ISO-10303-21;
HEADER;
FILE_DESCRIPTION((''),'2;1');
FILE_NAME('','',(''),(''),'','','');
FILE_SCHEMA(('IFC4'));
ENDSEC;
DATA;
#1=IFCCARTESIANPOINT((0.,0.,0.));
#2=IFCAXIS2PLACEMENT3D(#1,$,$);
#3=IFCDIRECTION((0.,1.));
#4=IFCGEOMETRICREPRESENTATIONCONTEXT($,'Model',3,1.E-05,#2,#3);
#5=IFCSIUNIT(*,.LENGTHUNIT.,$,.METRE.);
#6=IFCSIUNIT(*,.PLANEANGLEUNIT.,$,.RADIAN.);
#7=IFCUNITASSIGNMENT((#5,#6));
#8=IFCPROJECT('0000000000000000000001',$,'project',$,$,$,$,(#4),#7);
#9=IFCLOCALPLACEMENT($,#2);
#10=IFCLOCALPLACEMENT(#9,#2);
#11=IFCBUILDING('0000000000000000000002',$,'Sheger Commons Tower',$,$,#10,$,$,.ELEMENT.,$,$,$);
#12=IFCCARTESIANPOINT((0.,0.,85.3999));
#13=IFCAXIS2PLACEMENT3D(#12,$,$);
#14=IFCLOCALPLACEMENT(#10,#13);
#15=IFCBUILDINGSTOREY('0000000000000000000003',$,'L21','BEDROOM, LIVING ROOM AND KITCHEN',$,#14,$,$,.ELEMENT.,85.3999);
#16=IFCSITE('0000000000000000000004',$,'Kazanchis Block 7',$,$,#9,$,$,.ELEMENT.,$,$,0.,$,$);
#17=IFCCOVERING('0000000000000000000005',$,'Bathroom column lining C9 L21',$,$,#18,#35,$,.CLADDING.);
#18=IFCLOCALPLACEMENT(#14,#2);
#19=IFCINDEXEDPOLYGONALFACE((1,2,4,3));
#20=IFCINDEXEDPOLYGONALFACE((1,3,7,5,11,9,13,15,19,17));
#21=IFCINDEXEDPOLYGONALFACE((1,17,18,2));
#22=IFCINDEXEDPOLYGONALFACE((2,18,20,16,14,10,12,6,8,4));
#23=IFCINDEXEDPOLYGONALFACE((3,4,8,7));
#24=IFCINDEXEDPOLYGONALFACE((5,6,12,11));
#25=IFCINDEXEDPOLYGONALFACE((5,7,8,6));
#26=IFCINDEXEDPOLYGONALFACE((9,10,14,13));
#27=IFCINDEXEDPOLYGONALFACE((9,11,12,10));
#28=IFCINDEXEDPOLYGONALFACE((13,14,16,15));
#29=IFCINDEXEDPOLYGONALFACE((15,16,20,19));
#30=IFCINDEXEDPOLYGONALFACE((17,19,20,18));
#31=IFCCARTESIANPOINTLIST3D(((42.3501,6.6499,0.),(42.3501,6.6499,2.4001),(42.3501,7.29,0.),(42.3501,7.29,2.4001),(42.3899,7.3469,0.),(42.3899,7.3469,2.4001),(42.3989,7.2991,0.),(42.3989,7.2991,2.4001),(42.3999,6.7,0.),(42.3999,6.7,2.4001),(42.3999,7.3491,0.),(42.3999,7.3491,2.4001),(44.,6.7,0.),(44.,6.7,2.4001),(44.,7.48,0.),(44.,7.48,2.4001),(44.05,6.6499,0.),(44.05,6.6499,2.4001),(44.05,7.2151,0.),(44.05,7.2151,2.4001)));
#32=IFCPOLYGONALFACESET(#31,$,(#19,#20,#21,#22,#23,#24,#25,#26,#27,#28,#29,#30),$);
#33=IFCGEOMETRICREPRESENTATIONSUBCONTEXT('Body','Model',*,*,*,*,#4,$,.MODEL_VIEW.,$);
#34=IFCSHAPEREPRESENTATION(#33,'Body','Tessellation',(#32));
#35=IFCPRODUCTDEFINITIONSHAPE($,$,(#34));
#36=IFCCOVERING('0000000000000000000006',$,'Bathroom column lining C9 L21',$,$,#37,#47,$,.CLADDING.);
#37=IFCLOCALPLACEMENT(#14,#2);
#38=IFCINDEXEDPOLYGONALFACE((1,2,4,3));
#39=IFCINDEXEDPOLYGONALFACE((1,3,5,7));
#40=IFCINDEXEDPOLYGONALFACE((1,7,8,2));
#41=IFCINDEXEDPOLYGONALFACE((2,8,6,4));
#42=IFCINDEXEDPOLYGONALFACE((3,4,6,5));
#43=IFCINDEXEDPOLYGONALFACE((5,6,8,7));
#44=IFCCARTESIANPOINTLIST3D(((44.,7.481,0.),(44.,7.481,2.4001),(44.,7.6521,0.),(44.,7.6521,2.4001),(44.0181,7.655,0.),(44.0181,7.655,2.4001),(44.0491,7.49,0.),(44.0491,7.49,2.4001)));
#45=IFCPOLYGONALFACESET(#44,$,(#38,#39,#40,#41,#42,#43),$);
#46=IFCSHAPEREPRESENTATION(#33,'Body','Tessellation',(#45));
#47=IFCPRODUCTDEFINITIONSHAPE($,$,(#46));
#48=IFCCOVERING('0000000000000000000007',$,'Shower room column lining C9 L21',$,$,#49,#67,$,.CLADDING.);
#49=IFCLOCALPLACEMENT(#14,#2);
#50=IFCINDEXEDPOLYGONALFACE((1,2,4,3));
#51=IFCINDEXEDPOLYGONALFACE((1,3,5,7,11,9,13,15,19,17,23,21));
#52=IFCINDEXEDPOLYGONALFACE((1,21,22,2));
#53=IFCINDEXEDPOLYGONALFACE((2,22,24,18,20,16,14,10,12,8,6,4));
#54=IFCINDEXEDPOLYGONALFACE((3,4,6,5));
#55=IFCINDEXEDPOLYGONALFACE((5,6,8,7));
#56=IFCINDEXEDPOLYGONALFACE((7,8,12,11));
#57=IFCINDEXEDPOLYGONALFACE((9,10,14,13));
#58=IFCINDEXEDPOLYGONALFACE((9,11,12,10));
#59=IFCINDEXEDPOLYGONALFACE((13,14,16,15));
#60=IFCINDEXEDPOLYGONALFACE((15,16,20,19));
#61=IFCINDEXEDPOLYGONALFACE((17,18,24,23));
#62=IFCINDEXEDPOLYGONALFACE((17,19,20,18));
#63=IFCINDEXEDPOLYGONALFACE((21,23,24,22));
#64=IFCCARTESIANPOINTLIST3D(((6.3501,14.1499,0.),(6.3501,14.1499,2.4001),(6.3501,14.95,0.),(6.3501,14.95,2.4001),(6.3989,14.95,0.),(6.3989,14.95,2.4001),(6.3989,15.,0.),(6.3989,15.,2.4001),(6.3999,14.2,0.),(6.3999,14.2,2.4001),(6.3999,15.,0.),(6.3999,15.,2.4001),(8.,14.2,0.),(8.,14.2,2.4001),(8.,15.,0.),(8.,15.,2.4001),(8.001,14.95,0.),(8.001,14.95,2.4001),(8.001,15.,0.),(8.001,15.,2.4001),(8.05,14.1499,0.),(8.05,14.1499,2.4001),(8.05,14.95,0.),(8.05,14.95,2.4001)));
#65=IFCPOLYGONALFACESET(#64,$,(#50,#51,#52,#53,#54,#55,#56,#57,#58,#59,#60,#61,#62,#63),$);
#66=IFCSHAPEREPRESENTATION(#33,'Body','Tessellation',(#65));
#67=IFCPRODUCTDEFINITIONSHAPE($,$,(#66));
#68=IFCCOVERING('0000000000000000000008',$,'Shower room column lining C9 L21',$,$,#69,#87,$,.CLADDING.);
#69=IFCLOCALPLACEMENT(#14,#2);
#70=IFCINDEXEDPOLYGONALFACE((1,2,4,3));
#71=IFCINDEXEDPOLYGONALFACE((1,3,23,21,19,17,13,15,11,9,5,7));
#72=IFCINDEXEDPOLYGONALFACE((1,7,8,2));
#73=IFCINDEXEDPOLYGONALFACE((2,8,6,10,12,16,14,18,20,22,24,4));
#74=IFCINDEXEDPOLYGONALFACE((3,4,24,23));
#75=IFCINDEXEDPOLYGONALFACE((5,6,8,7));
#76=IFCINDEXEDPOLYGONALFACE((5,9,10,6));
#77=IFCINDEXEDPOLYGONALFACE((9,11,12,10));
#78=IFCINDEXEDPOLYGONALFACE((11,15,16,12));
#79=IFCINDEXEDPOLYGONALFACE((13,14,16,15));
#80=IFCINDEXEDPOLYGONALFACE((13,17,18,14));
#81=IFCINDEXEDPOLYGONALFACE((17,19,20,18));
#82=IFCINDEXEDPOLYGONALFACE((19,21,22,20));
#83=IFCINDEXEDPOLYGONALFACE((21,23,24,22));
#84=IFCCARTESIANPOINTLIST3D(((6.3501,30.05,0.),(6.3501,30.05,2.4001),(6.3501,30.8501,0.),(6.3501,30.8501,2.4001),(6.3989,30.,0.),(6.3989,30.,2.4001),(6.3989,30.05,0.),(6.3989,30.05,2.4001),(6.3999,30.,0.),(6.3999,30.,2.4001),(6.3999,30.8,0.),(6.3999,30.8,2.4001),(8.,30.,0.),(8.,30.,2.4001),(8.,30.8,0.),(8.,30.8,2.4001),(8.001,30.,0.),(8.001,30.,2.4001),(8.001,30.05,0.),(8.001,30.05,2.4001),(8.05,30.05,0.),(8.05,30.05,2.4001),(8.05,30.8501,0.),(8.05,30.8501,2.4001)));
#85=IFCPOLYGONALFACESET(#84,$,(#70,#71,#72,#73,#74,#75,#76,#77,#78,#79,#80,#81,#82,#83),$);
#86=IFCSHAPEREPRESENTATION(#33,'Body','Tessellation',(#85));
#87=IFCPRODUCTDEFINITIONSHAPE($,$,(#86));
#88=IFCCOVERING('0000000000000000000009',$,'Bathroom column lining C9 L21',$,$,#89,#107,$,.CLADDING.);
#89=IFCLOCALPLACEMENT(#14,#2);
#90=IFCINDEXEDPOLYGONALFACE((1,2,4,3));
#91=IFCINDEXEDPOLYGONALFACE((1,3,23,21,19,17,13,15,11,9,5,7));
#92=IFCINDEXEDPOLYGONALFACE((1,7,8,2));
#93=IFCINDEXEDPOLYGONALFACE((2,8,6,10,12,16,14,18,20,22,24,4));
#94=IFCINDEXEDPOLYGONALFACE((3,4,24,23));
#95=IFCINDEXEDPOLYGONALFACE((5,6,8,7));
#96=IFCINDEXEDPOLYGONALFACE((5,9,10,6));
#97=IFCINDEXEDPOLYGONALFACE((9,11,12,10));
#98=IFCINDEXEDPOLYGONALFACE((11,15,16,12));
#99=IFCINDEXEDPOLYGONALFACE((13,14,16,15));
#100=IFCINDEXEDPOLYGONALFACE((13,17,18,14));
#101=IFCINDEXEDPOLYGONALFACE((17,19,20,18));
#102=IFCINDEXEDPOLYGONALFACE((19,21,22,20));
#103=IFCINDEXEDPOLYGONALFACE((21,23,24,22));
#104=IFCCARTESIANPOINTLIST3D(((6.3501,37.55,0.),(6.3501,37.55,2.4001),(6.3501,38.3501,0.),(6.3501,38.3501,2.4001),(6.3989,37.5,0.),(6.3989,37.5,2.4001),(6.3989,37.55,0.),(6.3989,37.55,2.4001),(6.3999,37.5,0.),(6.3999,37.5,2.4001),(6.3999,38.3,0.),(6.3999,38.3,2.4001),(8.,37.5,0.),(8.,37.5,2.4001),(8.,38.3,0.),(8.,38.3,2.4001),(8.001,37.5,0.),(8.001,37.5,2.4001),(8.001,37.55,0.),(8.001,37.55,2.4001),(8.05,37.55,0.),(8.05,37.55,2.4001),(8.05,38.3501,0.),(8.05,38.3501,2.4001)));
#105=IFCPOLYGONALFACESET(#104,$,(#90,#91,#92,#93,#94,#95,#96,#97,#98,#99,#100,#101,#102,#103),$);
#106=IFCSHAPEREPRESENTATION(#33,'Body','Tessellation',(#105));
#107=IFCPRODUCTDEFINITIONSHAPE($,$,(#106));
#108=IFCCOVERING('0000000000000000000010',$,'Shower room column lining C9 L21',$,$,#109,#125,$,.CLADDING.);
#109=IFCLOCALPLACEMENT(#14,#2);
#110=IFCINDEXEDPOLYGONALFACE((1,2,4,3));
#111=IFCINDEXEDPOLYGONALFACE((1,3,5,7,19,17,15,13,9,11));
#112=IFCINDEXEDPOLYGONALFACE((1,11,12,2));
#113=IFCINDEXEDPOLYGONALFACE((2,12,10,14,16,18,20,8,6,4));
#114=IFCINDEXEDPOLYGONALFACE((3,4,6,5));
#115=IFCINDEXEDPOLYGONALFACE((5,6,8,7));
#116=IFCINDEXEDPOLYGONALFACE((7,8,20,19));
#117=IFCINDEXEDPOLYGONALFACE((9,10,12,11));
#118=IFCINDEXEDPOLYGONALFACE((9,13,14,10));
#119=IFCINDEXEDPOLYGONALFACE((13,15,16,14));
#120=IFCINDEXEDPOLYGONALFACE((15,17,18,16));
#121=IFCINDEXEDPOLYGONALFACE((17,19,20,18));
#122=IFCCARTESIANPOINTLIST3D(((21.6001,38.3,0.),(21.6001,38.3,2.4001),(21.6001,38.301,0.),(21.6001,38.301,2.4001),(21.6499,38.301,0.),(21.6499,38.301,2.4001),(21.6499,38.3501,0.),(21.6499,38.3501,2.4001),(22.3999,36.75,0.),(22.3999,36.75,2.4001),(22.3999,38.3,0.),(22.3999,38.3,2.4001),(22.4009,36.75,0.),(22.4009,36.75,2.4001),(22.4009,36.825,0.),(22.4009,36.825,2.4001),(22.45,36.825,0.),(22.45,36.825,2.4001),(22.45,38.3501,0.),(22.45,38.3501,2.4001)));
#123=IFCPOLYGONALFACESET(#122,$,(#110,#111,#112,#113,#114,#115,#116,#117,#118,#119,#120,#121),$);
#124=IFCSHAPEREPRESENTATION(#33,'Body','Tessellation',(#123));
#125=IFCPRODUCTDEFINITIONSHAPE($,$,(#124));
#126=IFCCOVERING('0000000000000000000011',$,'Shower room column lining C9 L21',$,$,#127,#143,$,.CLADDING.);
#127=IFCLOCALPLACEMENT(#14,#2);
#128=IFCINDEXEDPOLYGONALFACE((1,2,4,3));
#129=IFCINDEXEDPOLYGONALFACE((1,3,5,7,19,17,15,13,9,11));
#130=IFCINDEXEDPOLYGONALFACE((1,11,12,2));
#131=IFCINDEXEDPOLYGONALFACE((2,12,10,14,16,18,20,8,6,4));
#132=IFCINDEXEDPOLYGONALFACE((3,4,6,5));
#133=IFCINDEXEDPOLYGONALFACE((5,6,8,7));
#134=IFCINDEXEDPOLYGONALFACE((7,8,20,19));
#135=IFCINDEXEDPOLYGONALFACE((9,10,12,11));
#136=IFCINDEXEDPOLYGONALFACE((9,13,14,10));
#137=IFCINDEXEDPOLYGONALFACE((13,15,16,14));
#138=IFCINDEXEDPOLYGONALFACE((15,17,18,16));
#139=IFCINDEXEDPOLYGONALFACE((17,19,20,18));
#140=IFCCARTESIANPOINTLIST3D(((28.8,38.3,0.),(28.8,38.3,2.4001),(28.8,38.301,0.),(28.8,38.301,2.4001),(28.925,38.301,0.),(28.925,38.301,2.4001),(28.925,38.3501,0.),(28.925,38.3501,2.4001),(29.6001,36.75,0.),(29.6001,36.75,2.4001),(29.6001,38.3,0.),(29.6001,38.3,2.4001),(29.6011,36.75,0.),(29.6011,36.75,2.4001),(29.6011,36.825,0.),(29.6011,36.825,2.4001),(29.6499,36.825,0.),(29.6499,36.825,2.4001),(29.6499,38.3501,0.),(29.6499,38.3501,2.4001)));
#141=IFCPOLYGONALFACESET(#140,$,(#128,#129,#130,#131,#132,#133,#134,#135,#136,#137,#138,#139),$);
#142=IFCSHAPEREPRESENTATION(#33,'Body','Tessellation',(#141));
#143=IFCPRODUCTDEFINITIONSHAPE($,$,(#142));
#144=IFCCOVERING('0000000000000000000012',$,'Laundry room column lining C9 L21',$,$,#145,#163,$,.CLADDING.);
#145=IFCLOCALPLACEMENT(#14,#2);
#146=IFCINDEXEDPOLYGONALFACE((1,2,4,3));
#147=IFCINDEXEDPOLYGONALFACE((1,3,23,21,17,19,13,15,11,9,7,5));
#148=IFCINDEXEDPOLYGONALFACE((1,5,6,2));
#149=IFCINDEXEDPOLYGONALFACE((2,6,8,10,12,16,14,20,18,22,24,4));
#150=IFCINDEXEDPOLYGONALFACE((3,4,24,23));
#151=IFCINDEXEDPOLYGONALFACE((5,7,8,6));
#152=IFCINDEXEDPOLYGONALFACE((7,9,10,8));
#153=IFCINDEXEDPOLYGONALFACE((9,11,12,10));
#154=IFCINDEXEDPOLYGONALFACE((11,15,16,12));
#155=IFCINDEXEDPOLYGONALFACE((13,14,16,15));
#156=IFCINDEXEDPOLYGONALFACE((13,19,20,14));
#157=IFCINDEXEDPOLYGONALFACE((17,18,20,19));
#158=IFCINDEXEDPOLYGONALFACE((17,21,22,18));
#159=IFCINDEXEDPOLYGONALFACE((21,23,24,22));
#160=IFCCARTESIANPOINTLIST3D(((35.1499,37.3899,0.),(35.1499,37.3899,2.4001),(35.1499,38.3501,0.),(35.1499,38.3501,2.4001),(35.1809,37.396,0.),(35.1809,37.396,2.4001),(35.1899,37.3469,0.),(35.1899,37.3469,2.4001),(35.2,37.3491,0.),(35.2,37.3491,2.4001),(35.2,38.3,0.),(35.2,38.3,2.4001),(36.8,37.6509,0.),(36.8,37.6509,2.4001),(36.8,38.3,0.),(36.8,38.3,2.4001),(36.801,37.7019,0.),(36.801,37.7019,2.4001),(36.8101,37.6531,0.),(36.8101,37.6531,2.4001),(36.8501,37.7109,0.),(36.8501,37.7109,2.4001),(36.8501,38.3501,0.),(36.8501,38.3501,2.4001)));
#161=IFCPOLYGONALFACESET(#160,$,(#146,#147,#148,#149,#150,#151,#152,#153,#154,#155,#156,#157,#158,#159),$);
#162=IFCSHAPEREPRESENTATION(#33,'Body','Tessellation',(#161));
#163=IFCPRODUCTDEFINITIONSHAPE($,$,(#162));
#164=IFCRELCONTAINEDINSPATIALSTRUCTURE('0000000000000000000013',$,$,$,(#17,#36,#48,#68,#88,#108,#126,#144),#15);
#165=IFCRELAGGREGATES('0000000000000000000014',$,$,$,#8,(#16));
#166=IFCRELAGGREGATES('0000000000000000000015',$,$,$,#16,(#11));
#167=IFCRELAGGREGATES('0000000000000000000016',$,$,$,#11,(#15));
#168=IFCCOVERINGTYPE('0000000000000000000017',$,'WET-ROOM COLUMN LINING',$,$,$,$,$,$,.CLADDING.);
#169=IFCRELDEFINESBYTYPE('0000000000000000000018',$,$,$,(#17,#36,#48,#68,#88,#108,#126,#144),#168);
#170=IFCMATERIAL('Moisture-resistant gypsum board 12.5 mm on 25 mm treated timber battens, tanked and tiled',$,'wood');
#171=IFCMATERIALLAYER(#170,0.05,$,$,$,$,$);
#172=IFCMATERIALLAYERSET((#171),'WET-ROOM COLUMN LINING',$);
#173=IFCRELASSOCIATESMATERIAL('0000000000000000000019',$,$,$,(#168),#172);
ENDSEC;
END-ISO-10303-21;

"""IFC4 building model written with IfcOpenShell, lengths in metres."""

from ifc_helpers import new_model, si_unit, direction, frame, origin, place, context, subcontext, project, spatial, polyline, outline, extrude, material, layer, layer_set, type_object, element, save


model = new_model("IFC4")

# Units and contexts
model_context = context("Model", 3, precision=1e-05, world=origin(), true_north=direction((0.0, 1.0)))
body_context = subcontext(model_context, "Body", "Model", "MODEL_VIEW")
ifc_project = project(units=[si_unit("LENGTHUNIT", "METRE"), si_unit("PLANEANGLEUNIT", "RADIAN")], contexts=[model_context])

# Site, building, storey
site_placement = place(None, origin())
site = spatial("IfcSite", under=ifc_project, at=site_placement, Name="Kazanchis Block 7", CompositionType="ELEMENT", RefElevation=0.0)
building_placement = place(site_placement, origin())
building = spatial("IfcBuilding", under=site, at=building_placement, Name="Sheger Commons Tower", CompositionType="ELEMENT")
storey_placement = place(building_placement, frame((0.0, 0.0, 85.3999)))
storey = spatial("IfcBuildingStorey", under=building, at=storey_placement, Name="L21", Description="BEDROOM, LIVING ROOM AND KITCHEN", CompositionType="ELEMENT", Elevation=85.3999)

# Coverings
ifc_material_1 = material(Name="Moisture-resistant gypsum board 12.5 mm on 25 mm treated timber battens, tanked and tiled", Category="wood")
ifc_layer_1 = layer(ifc_material_1, 0.05)
ifc_layer_set_1 = layer_set([ifc_layer_1], Name="WET-ROOM COLUMN LINING")
covering_type_1 = type_object("IfcCoveringType", Name="WET-ROOM COLUMN LINING", PredefinedType="CLADDING", material=ifc_layer_set_1)
covering_1_placement = place(storey_placement, origin())
element("IfcCovering", 1, at=covering_1_placement, inside=storey, type_object=covering_type_1, Name="Bathroom column lining C9 L21", PredefinedType="CLADDING", context=body_context, shape_type="SweptSolid", body=[
    extrude(outline(polyline([(42.3999, 7.3491), (42.3999, 6.7), (44.0, 6.7), (44.0, 7.48), (44.05, 7.2151), (44.05, 6.6499), (42.3501, 6.6499), (42.3501, 7.29), (42.3989, 7.2991), (42.3899, 7.3469), (42.3999, 7.3491)])), origin(), (0.0, 0.0, 1.0), 2.4001),
])
covering_2_placement = place(storey_placement, origin())
element("IfcCovering", 2, at=covering_2_placement, inside=storey, type_object=covering_type_1, Name="Bathroom column lining C9 L21", PredefinedType="CLADDING", context=body_context, shape_type="SweptSolid", body=[
    extrude(outline(polyline([(44.0, 7.6521), (44.0181, 7.655), (44.0491, 7.49), (44.0, 7.481), (44.0, 7.6521)])), origin(), (0.0, 0.0, 1.0), 2.4001),
])
covering_3_placement = place(storey_placement, origin())
element("IfcCovering", 3, at=covering_3_placement, inside=storey, type_object=covering_type_1, Name="Shower room column lining C9 L21", PredefinedType="CLADDING", context=body_context, shape_type="SweptSolid", body=[
    extrude(outline(polyline([(6.3999, 15.0), (6.3999, 14.2), (8.0, 14.2), (8.0, 15.0), (8.001, 15.0), (8.001, 14.95), (8.05, 14.95), (8.05, 14.1499), (6.3501, 14.1499), (6.3501, 14.95), (6.3989, 14.95), (6.3989, 15.0), (6.3999, 15.0)])), origin(), (0.0, 0.0, 1.0), 2.4001),
])
covering_4_placement = place(storey_placement, origin())
element("IfcCovering", 4, at=covering_4_placement, inside=storey, type_object=covering_type_1, Name="Shower room column lining C9 L21", PredefinedType="CLADDING", context=body_context, shape_type="SweptSolid", body=[
    extrude(outline(polyline([(8.05, 30.8501), (8.05, 30.05), (8.001, 30.05), (8.001, 30.0), (8.0, 30.0), (8.0, 30.8), (6.3999, 30.8), (6.3999, 30.0), (6.3989, 30.0), (6.3989, 30.05), (6.3501, 30.05), (6.3501, 30.8501), (8.05, 30.8501)])), origin(), (0.0, 0.0, 1.0), 2.4001),
])
covering_5_placement = place(storey_placement, origin())
element("IfcCovering", 5, at=covering_5_placement, inside=storey, type_object=covering_type_1, Name="Bathroom column lining C9 L21", PredefinedType="CLADDING", context=body_context, shape_type="SweptSolid", body=[
    extrude(outline(polyline([(8.05, 38.3501), (8.05, 37.55), (8.001, 37.55), (8.001, 37.5), (8.0, 37.5), (8.0, 38.3), (6.3999, 38.3), (6.3999, 37.5), (6.3989, 37.5), (6.3989, 37.55), (6.3501, 37.55), (6.3501, 38.3501), (8.05, 38.3501)])), origin(), (0.0, 0.0, 1.0), 2.4001),
])
covering_6_placement = place(storey_placement, origin())
element("IfcCovering", 6, at=covering_6_placement, inside=storey, type_object=covering_type_1, Name="Shower room column lining C9 L21", PredefinedType="CLADDING", context=body_context, shape_type="SweptSolid", body=[
    extrude(outline(polyline([(22.45, 36.825), (22.4009, 36.825), (22.4009, 36.75), (22.3999, 36.75), (22.3999, 38.3), (21.6001, 38.3), (21.6001, 38.301), (21.6499, 38.301), (21.6499, 38.3501), (22.45, 38.3501), (22.45, 36.825)])), origin(), (0.0, 0.0, 1.0), 2.4001),
])
covering_7_placement = place(storey_placement, origin())
element("IfcCovering", 7, at=covering_7_placement, inside=storey, type_object=covering_type_1, Name="Shower room column lining C9 L21", PredefinedType="CLADDING", context=body_context, shape_type="SweptSolid", body=[
    extrude(outline(polyline([(29.6499, 36.825), (29.6011, 36.825), (29.6011, 36.75), (29.6001, 36.75), (29.6001, 38.3), (28.8, 38.3), (28.8, 38.301), (28.925, 38.301), (28.925, 38.3501), (29.6499, 38.3501), (29.6499, 36.825)])), origin(), (0.0, 0.0, 1.0), 2.4001),
])
covering_8_placement = place(storey_placement, origin())
element("IfcCovering", 8, at=covering_8_placement, inside=storey, type_object=covering_type_1, Name="Laundry room column lining C9 L21", PredefinedType="CLADDING", context=body_context, shape_type="SweptSolid", body=[
    extrude(outline(polyline([(36.8501, 38.3501), (36.8501, 37.7109), (36.801, 37.7019), (36.8101, 37.6531), (36.8, 37.6509), (36.8, 38.3), (35.2, 38.3), (35.2, 37.3491), (35.1899, 37.3469), (35.1809, 37.396), (35.1499, 37.3899), (35.1499, 38.3501), (36.8501, 38.3501)])), origin(), (0.0, 0.0, 1.0), 2.4001),
])

save(model, "model.ifc")
